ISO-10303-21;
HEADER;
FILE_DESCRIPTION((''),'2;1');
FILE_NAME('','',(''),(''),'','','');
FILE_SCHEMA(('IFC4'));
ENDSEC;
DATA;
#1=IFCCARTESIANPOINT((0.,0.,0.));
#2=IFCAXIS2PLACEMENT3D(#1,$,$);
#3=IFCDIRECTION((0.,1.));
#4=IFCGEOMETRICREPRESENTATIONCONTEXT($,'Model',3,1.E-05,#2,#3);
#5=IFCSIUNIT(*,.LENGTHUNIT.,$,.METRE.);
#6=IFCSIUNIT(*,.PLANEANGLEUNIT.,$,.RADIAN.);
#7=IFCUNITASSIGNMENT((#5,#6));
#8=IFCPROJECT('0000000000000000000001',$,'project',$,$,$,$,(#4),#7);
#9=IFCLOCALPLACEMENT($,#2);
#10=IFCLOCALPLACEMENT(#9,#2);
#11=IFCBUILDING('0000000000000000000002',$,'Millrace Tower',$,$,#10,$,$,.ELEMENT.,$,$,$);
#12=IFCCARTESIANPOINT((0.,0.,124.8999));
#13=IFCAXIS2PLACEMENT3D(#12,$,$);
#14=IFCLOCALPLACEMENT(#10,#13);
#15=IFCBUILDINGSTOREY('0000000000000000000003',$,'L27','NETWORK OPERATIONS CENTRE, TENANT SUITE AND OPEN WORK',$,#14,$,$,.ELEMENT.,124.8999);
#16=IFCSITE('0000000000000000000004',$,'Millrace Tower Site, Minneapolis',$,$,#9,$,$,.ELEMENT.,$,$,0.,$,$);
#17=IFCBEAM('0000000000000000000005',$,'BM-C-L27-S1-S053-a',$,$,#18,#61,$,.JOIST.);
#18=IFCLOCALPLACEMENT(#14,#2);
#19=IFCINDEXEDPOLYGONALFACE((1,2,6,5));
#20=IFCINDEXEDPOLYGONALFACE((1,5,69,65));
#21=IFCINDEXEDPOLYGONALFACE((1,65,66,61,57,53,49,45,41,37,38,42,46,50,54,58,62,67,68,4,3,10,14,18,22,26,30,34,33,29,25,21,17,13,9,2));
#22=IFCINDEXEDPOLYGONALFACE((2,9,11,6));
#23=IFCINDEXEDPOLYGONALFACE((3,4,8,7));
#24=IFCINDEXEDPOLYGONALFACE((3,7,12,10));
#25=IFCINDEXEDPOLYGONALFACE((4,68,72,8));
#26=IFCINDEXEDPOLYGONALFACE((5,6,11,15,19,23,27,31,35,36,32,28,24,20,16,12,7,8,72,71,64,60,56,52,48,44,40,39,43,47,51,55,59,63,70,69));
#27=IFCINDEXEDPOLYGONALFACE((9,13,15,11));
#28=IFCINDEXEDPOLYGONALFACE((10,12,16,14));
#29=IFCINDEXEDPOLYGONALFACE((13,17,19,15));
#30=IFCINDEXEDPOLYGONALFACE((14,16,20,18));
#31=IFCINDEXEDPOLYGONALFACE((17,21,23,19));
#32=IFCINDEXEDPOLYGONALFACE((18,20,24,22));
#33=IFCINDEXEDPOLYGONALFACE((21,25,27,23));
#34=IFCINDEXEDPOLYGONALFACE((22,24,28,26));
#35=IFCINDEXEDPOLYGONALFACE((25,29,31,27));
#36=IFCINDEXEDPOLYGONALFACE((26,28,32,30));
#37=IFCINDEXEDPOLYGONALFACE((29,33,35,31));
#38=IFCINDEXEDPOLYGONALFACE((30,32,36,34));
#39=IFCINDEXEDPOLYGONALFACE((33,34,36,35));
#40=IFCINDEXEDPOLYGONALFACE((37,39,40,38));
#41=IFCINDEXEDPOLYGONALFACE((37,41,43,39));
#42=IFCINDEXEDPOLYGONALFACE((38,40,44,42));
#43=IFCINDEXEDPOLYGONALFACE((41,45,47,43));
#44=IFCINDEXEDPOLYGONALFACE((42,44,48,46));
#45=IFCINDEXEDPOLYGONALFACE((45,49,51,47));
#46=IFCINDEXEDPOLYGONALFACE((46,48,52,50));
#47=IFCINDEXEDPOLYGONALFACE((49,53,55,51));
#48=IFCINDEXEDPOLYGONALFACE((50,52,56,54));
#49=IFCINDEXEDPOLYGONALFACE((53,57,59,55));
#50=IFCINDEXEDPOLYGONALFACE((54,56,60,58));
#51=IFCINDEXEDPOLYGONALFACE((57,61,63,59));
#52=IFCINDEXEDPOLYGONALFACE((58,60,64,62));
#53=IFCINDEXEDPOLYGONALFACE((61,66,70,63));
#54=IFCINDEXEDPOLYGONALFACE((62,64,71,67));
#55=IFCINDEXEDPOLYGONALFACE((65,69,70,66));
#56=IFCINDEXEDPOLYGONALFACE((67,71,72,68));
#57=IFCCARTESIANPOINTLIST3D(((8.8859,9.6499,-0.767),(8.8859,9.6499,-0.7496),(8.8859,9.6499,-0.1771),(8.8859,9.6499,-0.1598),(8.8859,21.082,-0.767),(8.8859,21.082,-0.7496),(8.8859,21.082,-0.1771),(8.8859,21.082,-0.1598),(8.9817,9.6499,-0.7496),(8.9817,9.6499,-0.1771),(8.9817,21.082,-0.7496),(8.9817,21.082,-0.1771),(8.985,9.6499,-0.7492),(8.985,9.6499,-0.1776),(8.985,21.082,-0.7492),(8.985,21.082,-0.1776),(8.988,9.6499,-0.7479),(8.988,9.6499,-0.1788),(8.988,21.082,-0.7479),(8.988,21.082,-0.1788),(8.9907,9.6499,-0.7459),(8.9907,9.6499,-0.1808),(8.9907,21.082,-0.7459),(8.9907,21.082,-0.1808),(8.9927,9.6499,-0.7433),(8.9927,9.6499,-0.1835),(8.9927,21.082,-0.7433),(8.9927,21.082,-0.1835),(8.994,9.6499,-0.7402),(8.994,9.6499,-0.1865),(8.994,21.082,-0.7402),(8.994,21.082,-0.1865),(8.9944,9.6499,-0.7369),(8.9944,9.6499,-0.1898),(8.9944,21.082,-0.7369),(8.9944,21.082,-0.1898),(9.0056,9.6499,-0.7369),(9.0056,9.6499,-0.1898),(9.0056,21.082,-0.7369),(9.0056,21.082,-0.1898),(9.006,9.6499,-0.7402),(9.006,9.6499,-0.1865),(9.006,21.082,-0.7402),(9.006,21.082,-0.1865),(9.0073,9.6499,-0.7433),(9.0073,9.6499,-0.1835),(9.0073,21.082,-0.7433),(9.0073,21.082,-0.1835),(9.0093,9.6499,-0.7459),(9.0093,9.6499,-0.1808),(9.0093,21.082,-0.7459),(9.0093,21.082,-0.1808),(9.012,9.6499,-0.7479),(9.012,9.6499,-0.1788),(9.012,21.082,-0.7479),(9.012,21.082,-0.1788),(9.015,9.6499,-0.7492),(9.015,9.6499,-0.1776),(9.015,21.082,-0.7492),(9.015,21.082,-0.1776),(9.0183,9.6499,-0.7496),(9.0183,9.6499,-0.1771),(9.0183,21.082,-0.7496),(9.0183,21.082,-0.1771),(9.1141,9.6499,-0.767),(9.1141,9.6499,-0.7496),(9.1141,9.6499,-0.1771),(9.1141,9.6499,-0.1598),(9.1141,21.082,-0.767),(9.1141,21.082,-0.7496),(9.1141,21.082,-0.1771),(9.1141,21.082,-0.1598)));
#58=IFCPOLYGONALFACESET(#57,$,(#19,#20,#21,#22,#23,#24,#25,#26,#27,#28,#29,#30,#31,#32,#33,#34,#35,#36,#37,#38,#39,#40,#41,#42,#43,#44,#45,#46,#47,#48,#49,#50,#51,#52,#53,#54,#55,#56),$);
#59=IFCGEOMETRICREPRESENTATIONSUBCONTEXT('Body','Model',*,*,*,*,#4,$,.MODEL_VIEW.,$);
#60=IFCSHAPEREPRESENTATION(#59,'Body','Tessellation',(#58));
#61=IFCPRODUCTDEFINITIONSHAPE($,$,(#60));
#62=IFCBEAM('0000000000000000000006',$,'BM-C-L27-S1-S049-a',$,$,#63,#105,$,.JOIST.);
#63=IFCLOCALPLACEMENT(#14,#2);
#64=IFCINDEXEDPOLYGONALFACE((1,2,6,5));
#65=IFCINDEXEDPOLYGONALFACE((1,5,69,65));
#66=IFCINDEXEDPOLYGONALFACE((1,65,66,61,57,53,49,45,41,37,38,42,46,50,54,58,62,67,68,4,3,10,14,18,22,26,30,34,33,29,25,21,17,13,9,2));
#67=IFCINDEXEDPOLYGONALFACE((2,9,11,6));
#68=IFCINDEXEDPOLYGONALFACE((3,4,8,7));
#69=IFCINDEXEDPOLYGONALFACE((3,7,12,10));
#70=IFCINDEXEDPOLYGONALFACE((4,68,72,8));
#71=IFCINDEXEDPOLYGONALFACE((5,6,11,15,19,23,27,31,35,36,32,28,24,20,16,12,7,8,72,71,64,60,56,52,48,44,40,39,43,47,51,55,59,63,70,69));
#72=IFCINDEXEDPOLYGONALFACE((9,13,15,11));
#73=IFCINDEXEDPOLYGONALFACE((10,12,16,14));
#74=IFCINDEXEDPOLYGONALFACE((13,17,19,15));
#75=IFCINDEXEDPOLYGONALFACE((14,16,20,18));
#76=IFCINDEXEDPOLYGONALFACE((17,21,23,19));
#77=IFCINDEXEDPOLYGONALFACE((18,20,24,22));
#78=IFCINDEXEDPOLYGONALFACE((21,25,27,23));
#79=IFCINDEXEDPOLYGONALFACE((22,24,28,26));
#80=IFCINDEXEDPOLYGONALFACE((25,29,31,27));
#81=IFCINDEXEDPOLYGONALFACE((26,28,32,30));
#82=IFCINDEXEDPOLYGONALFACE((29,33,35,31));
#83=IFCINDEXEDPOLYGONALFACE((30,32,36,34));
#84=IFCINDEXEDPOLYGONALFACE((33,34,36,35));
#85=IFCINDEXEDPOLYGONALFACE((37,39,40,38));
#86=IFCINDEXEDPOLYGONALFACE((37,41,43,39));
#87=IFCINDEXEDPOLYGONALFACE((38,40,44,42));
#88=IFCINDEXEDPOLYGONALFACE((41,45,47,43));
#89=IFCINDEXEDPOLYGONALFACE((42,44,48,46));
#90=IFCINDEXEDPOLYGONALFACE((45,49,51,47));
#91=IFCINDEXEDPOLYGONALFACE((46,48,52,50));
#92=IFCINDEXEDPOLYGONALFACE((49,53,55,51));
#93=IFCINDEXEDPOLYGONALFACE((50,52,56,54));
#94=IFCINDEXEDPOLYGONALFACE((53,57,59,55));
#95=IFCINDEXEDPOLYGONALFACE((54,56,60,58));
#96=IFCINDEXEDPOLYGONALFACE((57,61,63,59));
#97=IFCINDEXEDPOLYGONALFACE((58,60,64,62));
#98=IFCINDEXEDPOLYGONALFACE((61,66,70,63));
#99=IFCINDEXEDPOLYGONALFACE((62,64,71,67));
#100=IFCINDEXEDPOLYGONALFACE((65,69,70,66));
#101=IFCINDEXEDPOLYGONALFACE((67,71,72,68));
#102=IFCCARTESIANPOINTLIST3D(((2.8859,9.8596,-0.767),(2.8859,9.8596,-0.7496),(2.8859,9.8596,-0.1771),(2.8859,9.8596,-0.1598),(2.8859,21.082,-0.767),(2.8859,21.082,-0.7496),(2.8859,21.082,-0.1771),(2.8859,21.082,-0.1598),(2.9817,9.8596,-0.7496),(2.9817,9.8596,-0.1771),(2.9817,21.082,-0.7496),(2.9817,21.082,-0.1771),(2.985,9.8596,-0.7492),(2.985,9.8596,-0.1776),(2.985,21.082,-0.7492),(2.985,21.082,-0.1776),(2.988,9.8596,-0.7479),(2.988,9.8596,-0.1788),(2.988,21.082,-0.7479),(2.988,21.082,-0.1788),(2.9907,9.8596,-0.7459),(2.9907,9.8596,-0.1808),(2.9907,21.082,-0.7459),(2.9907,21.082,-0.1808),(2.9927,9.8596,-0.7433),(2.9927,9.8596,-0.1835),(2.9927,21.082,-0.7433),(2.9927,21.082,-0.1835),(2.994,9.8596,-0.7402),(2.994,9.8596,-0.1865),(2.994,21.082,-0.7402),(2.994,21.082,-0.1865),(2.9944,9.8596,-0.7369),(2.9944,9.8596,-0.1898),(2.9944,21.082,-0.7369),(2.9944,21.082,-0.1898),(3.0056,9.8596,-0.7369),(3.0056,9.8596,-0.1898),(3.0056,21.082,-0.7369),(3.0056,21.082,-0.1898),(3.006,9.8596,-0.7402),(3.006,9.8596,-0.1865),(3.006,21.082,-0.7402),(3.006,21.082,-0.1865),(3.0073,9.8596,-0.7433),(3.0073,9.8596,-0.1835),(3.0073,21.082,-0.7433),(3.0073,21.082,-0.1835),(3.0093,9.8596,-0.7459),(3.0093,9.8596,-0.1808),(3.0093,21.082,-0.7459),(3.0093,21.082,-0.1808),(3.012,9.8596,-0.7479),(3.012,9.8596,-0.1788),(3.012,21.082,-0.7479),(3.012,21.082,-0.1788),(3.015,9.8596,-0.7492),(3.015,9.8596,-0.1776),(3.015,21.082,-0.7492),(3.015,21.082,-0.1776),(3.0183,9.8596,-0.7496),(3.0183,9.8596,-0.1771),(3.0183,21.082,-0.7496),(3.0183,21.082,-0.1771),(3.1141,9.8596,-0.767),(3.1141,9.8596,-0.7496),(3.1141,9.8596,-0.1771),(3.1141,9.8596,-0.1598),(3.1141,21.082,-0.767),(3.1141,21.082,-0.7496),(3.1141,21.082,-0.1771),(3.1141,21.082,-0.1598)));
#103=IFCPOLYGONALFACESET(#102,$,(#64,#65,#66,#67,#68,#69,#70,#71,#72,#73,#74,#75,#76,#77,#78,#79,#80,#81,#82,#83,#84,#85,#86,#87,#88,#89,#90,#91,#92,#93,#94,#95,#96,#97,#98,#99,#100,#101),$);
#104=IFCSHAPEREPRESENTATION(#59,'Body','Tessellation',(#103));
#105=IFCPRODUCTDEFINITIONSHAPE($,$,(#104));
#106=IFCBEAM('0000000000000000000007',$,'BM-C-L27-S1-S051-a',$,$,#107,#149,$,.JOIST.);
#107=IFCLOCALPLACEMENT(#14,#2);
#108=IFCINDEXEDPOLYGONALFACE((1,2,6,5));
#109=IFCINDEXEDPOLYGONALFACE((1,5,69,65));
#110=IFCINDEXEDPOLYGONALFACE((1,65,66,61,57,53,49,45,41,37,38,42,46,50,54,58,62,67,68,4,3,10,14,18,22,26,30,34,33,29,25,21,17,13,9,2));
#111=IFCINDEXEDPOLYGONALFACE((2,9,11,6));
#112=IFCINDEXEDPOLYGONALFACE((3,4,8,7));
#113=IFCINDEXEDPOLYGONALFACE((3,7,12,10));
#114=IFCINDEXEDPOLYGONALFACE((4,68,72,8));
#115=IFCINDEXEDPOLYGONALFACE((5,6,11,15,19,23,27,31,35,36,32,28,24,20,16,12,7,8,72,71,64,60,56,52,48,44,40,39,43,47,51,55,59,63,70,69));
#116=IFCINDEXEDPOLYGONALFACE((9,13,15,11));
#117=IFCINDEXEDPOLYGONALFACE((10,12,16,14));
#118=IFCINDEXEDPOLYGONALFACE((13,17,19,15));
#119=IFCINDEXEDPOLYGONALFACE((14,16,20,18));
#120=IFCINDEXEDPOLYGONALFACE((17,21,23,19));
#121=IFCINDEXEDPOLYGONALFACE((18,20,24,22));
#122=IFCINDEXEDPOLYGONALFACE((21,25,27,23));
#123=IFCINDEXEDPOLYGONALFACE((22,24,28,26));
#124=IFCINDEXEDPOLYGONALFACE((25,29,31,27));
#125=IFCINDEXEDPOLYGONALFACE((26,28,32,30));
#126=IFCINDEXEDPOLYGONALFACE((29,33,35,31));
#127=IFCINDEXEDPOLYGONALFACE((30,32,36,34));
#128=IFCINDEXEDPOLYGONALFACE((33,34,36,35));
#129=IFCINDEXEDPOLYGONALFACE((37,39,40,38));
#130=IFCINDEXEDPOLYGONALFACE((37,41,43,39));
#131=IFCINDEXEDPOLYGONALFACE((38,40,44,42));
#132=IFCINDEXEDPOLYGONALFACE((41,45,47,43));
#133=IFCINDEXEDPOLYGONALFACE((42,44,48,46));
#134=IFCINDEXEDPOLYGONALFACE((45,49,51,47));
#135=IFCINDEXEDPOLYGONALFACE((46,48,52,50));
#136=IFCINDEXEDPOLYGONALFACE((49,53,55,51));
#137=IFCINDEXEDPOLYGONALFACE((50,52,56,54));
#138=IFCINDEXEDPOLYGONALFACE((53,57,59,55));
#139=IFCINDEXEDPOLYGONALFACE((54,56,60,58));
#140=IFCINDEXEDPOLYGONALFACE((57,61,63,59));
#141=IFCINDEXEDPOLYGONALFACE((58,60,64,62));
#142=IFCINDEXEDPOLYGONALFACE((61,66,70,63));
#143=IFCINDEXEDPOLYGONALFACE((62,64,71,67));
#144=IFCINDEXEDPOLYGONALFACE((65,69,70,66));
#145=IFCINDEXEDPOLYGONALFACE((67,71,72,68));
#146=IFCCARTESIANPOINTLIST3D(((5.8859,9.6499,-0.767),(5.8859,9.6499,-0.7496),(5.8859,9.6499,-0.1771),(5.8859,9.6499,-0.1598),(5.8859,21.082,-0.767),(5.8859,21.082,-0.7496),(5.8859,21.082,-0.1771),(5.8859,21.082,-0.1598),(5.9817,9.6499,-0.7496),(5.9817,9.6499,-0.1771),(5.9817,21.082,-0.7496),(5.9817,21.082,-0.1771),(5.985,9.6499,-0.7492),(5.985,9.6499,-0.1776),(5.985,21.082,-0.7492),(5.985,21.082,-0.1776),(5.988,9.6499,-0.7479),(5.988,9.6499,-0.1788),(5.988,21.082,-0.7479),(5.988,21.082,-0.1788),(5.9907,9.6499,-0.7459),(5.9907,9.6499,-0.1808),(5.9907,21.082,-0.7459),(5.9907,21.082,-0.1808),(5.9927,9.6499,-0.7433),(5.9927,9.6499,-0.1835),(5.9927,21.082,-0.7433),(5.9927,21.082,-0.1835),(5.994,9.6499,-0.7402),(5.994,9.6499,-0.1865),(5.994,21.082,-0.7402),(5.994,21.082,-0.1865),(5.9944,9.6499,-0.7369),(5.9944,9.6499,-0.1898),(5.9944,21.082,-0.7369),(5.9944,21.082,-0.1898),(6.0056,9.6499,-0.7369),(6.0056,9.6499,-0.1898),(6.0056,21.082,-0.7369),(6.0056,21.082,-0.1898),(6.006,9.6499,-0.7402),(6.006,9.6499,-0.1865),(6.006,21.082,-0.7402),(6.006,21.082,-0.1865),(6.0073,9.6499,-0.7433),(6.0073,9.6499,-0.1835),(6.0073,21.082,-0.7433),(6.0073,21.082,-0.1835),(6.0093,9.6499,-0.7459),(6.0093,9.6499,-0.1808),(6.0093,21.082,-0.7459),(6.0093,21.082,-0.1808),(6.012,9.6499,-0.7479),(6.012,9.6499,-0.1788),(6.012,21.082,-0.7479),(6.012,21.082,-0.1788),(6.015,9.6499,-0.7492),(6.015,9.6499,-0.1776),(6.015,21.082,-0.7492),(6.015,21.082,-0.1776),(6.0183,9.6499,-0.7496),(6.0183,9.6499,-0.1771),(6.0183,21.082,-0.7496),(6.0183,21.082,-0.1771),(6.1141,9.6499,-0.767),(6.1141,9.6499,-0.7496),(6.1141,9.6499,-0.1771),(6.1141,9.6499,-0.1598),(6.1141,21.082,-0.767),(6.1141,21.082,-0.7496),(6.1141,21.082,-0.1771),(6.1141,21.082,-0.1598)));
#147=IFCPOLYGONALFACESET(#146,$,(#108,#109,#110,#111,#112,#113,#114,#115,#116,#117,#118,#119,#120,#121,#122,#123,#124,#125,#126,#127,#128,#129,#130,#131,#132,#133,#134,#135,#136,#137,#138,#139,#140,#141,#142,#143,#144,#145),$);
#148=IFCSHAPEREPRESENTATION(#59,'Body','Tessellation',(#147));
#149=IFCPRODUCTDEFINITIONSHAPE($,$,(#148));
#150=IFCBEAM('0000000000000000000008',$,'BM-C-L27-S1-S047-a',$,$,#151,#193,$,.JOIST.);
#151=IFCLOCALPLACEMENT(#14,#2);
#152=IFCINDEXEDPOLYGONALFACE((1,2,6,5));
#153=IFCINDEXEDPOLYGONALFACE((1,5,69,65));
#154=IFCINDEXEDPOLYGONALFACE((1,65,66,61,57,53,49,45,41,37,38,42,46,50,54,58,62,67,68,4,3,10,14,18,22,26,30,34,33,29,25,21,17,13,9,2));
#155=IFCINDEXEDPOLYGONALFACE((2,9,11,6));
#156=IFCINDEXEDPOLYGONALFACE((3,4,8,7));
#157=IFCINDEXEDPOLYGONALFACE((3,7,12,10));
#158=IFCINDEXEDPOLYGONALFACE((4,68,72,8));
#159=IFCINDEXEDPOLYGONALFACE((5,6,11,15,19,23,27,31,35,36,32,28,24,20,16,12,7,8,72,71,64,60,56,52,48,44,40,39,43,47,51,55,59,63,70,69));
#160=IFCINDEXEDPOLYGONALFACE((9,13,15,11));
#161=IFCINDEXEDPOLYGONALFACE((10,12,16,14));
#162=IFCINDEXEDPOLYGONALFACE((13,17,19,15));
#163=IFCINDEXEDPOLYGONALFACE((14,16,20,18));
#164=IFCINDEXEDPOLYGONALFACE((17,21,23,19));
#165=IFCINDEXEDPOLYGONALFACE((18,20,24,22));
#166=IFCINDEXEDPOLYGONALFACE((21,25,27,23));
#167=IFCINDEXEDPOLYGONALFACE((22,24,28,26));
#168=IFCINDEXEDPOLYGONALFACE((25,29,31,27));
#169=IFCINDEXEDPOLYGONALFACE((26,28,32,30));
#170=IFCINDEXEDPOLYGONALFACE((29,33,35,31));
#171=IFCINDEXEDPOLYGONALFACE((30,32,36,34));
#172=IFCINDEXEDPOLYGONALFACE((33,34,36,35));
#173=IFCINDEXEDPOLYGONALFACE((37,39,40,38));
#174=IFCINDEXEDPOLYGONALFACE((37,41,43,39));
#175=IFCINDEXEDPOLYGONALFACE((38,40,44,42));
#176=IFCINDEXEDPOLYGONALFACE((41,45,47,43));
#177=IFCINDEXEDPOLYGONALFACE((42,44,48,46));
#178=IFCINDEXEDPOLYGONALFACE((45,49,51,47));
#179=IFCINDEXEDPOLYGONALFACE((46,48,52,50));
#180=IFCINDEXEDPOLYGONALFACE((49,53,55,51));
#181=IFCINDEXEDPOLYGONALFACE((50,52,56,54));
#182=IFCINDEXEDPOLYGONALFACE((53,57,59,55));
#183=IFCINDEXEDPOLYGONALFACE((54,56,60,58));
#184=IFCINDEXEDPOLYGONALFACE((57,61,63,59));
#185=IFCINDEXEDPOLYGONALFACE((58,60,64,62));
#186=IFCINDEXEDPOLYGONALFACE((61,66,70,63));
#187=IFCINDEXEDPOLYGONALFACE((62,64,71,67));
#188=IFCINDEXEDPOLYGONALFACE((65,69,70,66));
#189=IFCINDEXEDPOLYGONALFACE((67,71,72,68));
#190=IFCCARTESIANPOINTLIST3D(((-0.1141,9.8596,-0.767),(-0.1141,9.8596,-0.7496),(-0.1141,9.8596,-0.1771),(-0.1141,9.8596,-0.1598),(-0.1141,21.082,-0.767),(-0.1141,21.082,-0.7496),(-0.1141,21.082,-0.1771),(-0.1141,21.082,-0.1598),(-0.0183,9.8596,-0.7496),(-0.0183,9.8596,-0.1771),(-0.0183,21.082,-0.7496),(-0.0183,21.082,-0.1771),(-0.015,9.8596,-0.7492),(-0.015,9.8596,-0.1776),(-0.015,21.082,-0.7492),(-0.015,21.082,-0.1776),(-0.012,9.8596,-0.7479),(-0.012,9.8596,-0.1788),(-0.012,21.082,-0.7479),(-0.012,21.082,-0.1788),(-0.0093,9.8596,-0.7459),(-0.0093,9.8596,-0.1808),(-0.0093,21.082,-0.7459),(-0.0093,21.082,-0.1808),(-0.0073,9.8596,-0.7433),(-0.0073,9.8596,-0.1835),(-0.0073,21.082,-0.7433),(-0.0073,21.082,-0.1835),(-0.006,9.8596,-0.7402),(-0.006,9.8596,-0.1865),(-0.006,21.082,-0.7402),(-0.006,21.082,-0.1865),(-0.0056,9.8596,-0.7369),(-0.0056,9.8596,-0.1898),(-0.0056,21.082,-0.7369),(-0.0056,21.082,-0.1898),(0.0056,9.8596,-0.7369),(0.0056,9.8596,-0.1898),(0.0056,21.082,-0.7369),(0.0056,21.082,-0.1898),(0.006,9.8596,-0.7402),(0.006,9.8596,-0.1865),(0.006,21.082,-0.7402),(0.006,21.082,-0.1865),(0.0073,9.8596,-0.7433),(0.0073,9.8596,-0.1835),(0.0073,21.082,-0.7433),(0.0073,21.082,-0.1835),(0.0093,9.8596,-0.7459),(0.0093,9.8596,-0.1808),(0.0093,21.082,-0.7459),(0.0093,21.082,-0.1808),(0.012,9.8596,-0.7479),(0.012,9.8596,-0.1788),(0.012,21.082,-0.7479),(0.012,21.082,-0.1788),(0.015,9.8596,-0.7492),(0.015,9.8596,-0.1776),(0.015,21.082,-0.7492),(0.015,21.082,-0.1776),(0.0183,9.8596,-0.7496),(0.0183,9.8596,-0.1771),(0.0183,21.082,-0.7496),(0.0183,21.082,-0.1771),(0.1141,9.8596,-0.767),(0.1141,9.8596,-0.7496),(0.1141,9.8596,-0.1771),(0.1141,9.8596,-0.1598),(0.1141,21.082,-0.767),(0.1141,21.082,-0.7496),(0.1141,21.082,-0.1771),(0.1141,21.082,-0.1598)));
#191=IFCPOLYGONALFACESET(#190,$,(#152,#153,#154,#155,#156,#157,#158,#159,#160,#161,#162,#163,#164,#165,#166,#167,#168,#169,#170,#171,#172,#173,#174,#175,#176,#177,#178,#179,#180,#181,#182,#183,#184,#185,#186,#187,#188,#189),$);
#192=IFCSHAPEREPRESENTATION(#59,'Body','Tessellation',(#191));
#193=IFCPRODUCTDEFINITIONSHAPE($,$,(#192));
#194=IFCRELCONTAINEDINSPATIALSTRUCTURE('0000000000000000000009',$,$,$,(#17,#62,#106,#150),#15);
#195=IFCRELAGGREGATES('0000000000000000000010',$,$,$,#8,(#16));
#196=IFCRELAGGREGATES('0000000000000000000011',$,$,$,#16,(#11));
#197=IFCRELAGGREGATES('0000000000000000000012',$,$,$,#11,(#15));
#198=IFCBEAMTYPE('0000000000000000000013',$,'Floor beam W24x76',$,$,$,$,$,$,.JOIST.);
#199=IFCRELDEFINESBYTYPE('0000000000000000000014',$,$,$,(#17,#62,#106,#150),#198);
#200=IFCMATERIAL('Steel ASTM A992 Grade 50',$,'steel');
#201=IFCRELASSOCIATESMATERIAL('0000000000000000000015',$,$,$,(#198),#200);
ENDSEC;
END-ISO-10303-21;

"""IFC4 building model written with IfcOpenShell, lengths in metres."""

from ifc_helpers import new_model, si_unit, direction, frame, origin, origin_2d, place, context, subcontext, project, spatial, i_section, extrude, material, material_profile, profile_set, type_object, element, save


model = new_model("IFC4")

# Units and contexts
model_context = context("Model", 3, precision=1e-05, world=origin(), true_north=direction((0.0, 1.0)))
body_context = subcontext(model_context, "Body", "Model", "MODEL_VIEW")
ifc_project = project(units=[si_unit("LENGTHUNIT", "METRE"), si_unit("PLANEANGLEUNIT", "RADIAN")], contexts=[model_context])

# Site, building, storey
site_placement = place(None, origin())
site = spatial("IfcSite", under=ifc_project, at=site_placement, Name="Millrace Tower Site, Minneapolis", CompositionType="ELEMENT", RefElevation=0.0)
building_placement = place(site_placement, origin())
building = spatial("IfcBuilding", under=site, at=building_placement, Name="Millrace Tower", CompositionType="ELEMENT")
storey_placement = place(building_placement, frame((0.0, 0.0, 124.8999)))
storey = spatial("IfcBuildingStorey", under=building, at=storey_placement, Name="L27", Description="NETWORK OPERATIONS CENTRE, TENANT SUITE AND OPEN WORK", CompositionType="ELEMENT", Elevation=124.8999)

# Beams
ifc_material_1 = material(Name="Steel ASTM A992 Grade 50", Category="steel")
ifc_material_profile_1 = material_profile(ifc_material_1, i_section(OverallWidth=0.2283, OverallDepth=0.6072, WebThickness=0.0112, FlangeThickness=0.0173, FilletRadius=0.0127, at=origin_2d()))
ifc_profile_set_1 = profile_set([ifc_material_profile_1], Name="Steel ASTM A992 Grade 50")
beam_type_1 = type_object("IfcBeamType", Name="Floor beam W24x76", PredefinedType="JOIST", material=ifc_profile_set_1)
beam_1_placement = place(storey_placement, frame((9.0, 9.6499, -0.4634), z_axis=(0.0, 1.0, 0.0), x_axis=(-1.0, 0.0, 0.0)))
element("IfcBeam", 1, at=beam_1_placement, inside=storey, type_object=beam_type_1, Name="BM-C-L27-S1-S053-a", PredefinedType="JOIST", context=body_context, shape_type="SweptSolid", body=[
    extrude(i_section(OverallWidth=0.2283, OverallDepth=0.6072, WebThickness=0.0112, FlangeThickness=0.0173, FilletRadius=0.0127, at=origin_2d()), origin(), (0.0, 0.0, 1.0), 11.4321),
])
beam_2_placement = place(storey_placement, frame((3.0, 9.8596, -0.4634), z_axis=(0.0, 1.0, 0.0), x_axis=(-1.0, 0.0, 0.0)))
element("IfcBeam", 2, at=beam_2_placement, inside=storey, type_object=beam_type_1, Name="BM-C-L27-S1-S049-a", PredefinedType="JOIST", context=body_context, shape_type="SweptSolid", body=[
    extrude(i_section(OverallWidth=0.2283, OverallDepth=0.6072, WebThickness=0.0112, FlangeThickness=0.0173, FilletRadius=0.0127, at=origin_2d()), origin(), (0.0, 0.0, 1.0), 11.2224),
])
beam_3_placement = place(storey_placement, frame((6.0, 9.6499, -0.4634), z_axis=(0.0, 1.0, 0.0), x_axis=(-1.0, 0.0, 0.0)))
element("IfcBeam", 3, at=beam_3_placement, inside=storey, type_object=beam_type_1, Name="BM-C-L27-S1-S051-a", PredefinedType="JOIST", context=body_context, shape_type="SweptSolid", body=[
    extrude(i_section(OverallWidth=0.2283, OverallDepth=0.6072, WebThickness=0.0112, FlangeThickness=0.0173, FilletRadius=0.0127, at=origin_2d()), origin(), (0.0, 0.0, 1.0), 11.4321),
])
beam_4_placement = place(storey_placement, frame((0.0, 9.8596, -0.4634), z_axis=(0.0, 1.0, 0.0), x_axis=(-1.0, 0.0, 0.0)))
element("IfcBeam", 4, at=beam_4_placement, inside=storey, type_object=beam_type_1, Name="BM-C-L27-S1-S047-a", PredefinedType="JOIST", context=body_context, shape_type="SweptSolid", body=[
    extrude(i_section(OverallWidth=0.2283, OverallDepth=0.6072, WebThickness=0.0112, FlangeThickness=0.0173, FilletRadius=0.0127, at=origin_2d()), origin(), (0.0, 0.0, 1.0), 11.2224),
])

save(model, "model.ifc")
